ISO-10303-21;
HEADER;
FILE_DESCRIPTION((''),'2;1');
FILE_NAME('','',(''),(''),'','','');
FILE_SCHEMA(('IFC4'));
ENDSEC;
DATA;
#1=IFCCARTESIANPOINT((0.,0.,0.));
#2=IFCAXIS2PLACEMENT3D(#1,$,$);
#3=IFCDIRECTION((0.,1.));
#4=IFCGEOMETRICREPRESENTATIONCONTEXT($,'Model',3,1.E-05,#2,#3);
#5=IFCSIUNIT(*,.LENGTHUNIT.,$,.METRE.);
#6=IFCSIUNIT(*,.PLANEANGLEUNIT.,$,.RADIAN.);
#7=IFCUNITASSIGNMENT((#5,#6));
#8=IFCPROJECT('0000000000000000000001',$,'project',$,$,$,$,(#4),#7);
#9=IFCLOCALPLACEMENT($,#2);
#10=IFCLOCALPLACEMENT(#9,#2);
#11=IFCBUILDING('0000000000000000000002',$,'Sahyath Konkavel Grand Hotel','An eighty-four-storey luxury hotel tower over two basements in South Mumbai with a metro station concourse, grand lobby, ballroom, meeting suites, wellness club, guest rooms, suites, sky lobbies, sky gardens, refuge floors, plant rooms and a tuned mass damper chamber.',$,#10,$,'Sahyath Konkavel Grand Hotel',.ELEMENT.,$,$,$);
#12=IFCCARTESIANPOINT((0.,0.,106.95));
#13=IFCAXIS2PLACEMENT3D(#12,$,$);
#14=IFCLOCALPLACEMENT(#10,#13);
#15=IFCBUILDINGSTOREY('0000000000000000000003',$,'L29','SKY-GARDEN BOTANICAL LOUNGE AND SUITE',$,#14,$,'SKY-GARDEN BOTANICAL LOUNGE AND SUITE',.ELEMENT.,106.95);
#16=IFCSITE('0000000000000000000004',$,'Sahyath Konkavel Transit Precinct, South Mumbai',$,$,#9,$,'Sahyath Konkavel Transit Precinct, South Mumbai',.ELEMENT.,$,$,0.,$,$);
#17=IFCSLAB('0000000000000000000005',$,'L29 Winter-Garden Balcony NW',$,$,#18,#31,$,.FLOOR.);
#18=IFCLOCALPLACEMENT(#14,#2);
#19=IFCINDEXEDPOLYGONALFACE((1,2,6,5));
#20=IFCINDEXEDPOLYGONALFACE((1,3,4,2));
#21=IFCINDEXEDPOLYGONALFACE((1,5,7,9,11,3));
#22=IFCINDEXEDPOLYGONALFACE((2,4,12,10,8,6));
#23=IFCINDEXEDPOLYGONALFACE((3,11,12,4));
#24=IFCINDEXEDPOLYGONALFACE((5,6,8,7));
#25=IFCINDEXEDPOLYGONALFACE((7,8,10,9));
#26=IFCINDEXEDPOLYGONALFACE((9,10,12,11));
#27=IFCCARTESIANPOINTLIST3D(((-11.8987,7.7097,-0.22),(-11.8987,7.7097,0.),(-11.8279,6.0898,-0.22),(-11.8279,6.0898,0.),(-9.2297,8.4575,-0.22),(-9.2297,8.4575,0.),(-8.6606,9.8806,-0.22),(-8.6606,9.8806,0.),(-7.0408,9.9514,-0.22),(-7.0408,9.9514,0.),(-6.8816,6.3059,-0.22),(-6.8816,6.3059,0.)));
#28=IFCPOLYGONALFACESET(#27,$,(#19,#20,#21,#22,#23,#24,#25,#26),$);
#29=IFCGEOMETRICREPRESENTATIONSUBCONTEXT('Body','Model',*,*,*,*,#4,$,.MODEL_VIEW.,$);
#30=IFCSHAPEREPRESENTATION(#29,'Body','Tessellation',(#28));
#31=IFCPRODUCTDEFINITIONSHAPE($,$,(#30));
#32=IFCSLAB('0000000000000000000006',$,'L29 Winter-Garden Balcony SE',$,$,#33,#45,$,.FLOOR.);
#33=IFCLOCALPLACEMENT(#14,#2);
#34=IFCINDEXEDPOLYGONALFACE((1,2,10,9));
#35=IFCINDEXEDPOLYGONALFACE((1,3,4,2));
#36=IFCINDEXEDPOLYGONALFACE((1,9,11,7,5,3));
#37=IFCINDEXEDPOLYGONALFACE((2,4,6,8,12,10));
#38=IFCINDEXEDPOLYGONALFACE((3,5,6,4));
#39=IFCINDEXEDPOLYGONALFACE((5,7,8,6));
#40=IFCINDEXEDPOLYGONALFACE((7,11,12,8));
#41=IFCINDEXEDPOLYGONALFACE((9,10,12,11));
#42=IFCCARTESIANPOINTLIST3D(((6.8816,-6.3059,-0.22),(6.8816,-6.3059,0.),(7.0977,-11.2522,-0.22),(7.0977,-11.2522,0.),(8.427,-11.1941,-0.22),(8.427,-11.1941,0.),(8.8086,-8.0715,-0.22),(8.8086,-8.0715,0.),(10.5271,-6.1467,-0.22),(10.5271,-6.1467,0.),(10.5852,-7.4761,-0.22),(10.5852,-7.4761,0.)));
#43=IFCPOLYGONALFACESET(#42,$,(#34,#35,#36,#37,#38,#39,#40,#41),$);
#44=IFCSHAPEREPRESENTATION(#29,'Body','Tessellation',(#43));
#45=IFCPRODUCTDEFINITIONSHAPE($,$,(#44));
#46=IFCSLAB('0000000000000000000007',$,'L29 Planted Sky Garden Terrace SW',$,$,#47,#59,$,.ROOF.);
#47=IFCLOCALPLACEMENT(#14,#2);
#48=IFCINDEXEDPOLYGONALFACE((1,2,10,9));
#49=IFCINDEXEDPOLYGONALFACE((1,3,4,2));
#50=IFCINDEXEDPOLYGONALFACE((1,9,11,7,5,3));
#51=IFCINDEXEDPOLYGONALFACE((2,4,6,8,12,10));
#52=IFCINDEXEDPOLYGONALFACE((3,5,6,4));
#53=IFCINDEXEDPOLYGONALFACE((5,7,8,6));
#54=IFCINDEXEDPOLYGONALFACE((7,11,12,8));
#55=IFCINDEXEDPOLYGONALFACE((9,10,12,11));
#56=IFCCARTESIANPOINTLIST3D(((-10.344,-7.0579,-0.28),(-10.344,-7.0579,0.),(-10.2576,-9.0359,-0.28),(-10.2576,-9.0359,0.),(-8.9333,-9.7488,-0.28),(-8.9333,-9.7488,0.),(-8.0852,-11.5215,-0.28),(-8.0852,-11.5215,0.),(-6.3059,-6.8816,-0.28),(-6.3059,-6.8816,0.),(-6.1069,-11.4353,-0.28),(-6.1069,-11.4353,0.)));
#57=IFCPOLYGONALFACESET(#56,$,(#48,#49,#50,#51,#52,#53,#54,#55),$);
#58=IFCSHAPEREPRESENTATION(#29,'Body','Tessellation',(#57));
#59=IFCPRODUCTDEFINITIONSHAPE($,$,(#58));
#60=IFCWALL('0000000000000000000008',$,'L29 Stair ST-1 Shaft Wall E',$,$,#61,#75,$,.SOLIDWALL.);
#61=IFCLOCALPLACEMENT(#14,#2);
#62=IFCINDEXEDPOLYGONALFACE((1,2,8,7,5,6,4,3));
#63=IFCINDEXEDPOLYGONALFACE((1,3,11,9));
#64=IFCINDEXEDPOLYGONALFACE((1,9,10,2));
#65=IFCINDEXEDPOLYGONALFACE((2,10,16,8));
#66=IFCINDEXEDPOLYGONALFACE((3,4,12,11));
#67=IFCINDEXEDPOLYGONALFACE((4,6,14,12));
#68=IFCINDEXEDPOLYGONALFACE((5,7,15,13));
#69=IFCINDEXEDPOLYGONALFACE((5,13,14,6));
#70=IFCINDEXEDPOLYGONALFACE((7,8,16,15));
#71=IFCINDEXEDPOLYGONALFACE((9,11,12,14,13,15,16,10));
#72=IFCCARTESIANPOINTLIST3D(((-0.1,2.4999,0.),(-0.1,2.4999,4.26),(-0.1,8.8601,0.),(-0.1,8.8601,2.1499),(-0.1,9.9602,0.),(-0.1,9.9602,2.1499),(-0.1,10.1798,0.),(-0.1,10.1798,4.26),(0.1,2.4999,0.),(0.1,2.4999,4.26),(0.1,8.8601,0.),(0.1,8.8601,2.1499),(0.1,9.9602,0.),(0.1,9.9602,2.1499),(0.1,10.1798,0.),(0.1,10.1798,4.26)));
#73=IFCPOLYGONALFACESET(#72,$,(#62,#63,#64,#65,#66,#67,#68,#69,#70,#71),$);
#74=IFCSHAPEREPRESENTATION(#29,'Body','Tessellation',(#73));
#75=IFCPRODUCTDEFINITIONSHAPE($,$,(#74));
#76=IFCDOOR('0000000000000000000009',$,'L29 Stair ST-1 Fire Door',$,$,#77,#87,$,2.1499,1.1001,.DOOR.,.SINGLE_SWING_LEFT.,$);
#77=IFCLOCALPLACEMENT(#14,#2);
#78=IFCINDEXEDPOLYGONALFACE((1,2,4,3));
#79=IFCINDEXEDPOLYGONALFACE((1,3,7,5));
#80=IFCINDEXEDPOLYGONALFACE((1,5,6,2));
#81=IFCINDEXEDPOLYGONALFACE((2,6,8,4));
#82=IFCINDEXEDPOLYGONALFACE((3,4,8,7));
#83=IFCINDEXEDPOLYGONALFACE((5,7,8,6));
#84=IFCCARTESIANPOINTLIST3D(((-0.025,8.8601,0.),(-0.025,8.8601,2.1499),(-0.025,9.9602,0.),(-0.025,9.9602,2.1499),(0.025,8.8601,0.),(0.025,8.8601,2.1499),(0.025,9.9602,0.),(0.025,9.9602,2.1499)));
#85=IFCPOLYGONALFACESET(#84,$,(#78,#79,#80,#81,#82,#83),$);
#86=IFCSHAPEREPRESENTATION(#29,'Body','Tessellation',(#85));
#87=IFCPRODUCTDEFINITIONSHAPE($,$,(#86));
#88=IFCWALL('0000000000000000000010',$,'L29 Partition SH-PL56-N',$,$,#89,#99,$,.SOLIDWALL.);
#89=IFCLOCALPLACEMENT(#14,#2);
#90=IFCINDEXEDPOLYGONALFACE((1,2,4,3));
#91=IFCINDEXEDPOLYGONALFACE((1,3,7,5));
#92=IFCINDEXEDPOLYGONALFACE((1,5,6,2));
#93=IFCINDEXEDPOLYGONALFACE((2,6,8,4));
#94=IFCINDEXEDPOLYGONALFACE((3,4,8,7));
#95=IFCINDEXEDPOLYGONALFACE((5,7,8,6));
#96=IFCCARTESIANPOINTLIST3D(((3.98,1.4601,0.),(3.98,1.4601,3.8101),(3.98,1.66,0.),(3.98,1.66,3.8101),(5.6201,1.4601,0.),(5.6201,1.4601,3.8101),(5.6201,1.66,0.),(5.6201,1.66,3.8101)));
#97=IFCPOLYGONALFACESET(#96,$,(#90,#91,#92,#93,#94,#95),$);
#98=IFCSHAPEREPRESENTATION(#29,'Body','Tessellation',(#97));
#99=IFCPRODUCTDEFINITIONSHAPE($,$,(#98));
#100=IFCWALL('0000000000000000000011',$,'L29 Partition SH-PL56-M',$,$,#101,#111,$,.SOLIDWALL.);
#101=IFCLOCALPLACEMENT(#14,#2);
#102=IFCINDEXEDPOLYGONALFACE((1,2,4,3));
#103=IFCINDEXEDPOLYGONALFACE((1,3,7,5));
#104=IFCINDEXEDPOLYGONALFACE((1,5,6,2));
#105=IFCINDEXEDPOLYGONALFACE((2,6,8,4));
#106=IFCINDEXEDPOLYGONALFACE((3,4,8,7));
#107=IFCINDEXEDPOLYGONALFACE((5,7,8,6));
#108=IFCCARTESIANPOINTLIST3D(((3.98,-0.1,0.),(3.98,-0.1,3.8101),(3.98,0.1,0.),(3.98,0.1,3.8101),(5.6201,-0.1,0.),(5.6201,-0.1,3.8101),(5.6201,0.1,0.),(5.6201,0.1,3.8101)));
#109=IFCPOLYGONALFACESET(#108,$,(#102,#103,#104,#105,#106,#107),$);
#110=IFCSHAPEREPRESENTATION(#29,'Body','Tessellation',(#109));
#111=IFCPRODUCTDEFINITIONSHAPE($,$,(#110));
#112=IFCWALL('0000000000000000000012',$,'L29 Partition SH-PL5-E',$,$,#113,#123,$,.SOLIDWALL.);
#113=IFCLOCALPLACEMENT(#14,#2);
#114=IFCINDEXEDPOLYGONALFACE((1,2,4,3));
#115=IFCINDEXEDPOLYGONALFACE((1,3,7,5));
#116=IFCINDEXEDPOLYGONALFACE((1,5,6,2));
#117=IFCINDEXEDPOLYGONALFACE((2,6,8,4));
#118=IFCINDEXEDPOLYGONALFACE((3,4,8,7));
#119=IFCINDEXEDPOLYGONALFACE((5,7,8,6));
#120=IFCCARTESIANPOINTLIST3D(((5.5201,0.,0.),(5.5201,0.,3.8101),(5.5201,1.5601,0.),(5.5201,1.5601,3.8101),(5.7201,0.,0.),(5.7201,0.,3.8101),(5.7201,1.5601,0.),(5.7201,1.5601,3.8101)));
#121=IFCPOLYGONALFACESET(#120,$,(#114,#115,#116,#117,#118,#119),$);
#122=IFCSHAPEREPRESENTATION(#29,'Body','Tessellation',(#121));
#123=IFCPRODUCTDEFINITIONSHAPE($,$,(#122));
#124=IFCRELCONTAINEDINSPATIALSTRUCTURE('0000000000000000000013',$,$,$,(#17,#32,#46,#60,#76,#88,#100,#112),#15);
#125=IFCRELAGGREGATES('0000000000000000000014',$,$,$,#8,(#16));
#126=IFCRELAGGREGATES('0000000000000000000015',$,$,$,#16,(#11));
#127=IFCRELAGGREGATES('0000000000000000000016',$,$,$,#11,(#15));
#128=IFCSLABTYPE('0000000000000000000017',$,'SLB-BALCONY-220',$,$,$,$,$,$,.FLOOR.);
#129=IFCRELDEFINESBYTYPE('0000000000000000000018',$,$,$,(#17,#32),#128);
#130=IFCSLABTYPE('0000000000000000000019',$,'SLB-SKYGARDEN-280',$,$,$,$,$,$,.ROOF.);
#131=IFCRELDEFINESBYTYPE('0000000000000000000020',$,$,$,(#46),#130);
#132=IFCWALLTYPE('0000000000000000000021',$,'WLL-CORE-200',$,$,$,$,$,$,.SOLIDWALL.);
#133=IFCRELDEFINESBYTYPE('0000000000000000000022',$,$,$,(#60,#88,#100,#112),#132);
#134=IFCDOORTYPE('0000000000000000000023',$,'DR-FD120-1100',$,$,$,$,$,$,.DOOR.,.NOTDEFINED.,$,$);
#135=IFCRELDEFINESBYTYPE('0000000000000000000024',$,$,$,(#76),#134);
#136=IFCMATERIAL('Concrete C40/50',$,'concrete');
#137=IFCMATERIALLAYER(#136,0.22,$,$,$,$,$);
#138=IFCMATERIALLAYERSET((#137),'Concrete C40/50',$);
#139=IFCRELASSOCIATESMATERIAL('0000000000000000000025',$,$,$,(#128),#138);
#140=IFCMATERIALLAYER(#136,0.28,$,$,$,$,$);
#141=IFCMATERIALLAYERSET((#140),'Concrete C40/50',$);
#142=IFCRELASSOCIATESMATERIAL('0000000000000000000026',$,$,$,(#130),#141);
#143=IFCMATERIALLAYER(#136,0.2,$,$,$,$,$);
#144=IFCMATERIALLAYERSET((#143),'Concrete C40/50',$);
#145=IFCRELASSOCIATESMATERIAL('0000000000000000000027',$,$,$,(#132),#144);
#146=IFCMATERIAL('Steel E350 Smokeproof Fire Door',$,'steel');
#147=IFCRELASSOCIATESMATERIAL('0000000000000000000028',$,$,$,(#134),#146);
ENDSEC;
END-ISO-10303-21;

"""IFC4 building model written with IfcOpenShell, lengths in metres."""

from ifc_helpers import new_model, si_unit, direction, frame, frame_2d, origin, origin_2d, place, context, subcontext, project, spatial, polyline, rectangle, outline, extrude, source, transform, mapped, material, layer, layer_set, type_object, element, fill, save


model = new_model("IFC4")

# Units and contexts
model_context = context("Model", 3, precision=1e-05, world=origin(), true_north=direction((0.0, 1.0)))
body_context = subcontext(model_context, "Body", "Model", "MODEL_VIEW")
ifc_project = project(units=[si_unit("LENGTHUNIT", "METRE"), si_unit("PLANEANGLEUNIT", "RADIAN")], contexts=[model_context])

# Site, building, storey
site_placement = place(None, origin())
site = spatial("IfcSite", under=ifc_project, at=site_placement, Name="Sahyath Konkavel Transit Precinct, South Mumbai", LongName="Sahyath Konkavel Transit Precinct, South Mumbai", CompositionType="ELEMENT", RefElevation=0.0)
building_placement = place(site_placement, origin())
building = spatial("IfcBuilding", under=site, at=building_placement, Name="Sahyath Konkavel Grand Hotel", Description="An eighty-four-storey luxury hotel tower over two basements in South Mumbai with a metro station concourse, grand lobby, ballroom, meeting suites, wellness club, guest rooms, suites, sky lobbies, sky gardens, refuge floors, plant rooms and a tuned mass damper chamber.", LongName="Sahyath Konkavel Grand Hotel", CompositionType="ELEMENT")
storey_placement = place(building_placement, frame((0.0, 0.0, 106.95)))
storey = spatial("IfcBuildingStorey", under=building, at=storey_placement, Name="L29", Description="SKY-GARDEN BOTANICAL LOUNGE AND SUITE", LongName="SKY-GARDEN BOTANICAL LOUNGE AND SUITE", CompositionType="ELEMENT", Elevation=106.95)

# Slabs
ifc_material_1 = material(Name="Concrete C40/50", Category="concrete")
ifc_layer_1 = layer(ifc_material_1, 0.22)
ifc_layer_set_1 = layer_set([ifc_layer_1], Name="Concrete C40/50")
slab_type_1 = type_object("IfcSlabType", Name="SLB-BALCONY-220", PredefinedType="FLOOR", material=ifc_layer_set_1)
slab_1_placement = place(storey_placement, frame((0.0, 0.0, -0.22)))
element("IfcSlab", 1, at=slab_1_placement, inside=storey, type_object=slab_type_1, Name="L29 Winter-Garden Balcony NW", PredefinedType="FLOOR", context=body_context, shape_type="SweptSolid", body=[
    extrude(outline(polyline([(-6.8816, 6.3059), (-7.0408, 9.9514), (-8.6606, 9.8806), (-9.2297, 8.4575), (-11.8987, 7.7097), (-11.8279, 6.0898), (-6.8816, 6.3059)])), origin(), (0.0, 0.0, 1.0), 0.22),
])
slab_2_placement = place(storey_placement, frame((0.0, 0.0, -0.22)))
element("IfcSlab", 2, at=slab_2_placement, inside=storey, type_object=slab_type_1, Name="L29 Winter-Garden Balcony SE", PredefinedType="FLOOR", context=body_context, shape_type="SweptSolid", body=[
    extrude(outline(polyline([(6.8816, -6.3059), (7.0977, -11.2522), (8.427, -11.1941), (8.8086, -8.0715), (10.5852, -7.4761), (10.5271, -6.1467), (6.8816, -6.3059)])), origin(), (0.0, 0.0, 1.0), 0.22),
])
ifc_layer_2 = layer(ifc_material_1, 0.28)
ifc_layer_set_2 = layer_set([ifc_layer_2], Name="Concrete C40/50")
slab_type_2 = type_object("IfcSlabType", Name="SLB-SKYGARDEN-280", PredefinedType="ROOF", material=ifc_layer_set_2)
slab_3_placement = place(storey_placement, frame((0.0, 0.0, -0.28)))
element("IfcSlab", 3, at=slab_3_placement, inside=storey, type_object=slab_type_2, Name="L29 Planted Sky Garden Terrace SW", PredefinedType="ROOF", context=body_context, shape_type="SweptSolid", body=[
    extrude(outline(polyline([(-6.3059, -6.8816), (-10.344, -7.0579), (-10.2576, -9.0359), (-8.9333, -9.7488), (-8.0852, -11.5215), (-6.1069, -11.4353), (-6.3059, -6.8816)])), origin(), (0.0, 0.0, 1.0), 0.28),
])

# Wall, opening, door
ifc_layer_3 = layer(ifc_material_1, 0.2)
ifc_layer_set_3 = layer_set([ifc_layer_3], Name="Concrete C40/50")
wall_type = type_object("IfcWallType", Name="WLL-CORE-200", PredefinedType="SOLIDWALL", material=ifc_layer_set_3)
wall_1_placement = place(storey_placement, frame((0.0, 2.5, 0.0), z_axis=(0.0, 0.0, 1.0), x_axis=(0.0, 1.0, 0.0)))
wall_1 = element("IfcWall", 4, at=wall_1_placement, inside=storey, type_object=wall_type, Name="L29 Stair ST-1 Shaft Wall E", PredefinedType="SOLIDWALL", context=body_context, shape_type="SweptSolid", body=[
    extrude(rectangle(XDim=7.6799, YDim=0.2, at=frame_2d((3.8398, 0.0))), origin(), (0.0, 0.0, 1.0), 4.26),
])
opening_placement = place(wall_1_placement, frame((6.3601, 0.0, 0.0)))
opening = element("IfcOpeningElement", 5, at=opening_placement, cuts=wall_1, PredefinedType="OPENING", context=body_context, shape_type="SweptSolid", body=[
    extrude(rectangle(XDim=1.1001, YDim=2.1499, at=frame_2d((0.55, 1.075))), frame((0.0, 0.1099, 0.0), z_axis=(0.0, -1.0, 0.0), x_axis=(1.0, 0.0, 0.0)), (0.0, 0.0, 1.0), 0.22),
])
ifc_material_2 = material(Name="Steel E350 Smokeproof Fire Door", Category="steel")
door_type = type_object("IfcDoorType", Name="DR-FD120-1100", OperationType="NOTDEFINED", PredefinedType="DOOR", material=ifc_material_2)
shared_shape_1 = source(origin(), body_context, "Body", "SweptSolid", [
    extrude(rectangle(XDim=1.1001, YDim=0.05, at=origin_2d()), origin(), (0.0, 0.0, 1.0), 2.1499),
])
door_placement = place(opening_placement, frame((0.55, 0.0, 0.0)))
door = element("IfcDoor", 6, at=door_placement, inside=storey, type_object=door_type, Name="L29 Stair ST-1 Fire Door", OperationType="SINGLE_SWING_LEFT", OverallHeight=2.1499, OverallWidth=1.1001, PredefinedType="DOOR", context=body_context, shape_type="MappedRepresentation", body=[
    mapped(shared_shape_1, transform((0.0, 0.0, 0.0), scale=1.0)),
])
fill(opening, door)

# Walls
for number, where, z_axis, x_axis, name in (
    (7, (3.98, 1.5601, 0.0), (0.0, 0.0, 1.0), (1.0, 0.0, 0.0), "L29 Partition SH-PL56-N"),
    (8, (3.98, 0.0, 0.0), (0.0, 0.0, 1.0), (1.0, 0.0, 0.0), "L29 Partition SH-PL56-M"),
):
    element("IfcWall", number, at=place(storey_placement, frame(where, z_axis=z_axis, x_axis=x_axis)), inside=storey, type_object=wall_type, Name=name, PredefinedType="SOLIDWALL", context=body_context, shape_type="SweptSolid", body=[
        extrude(rectangle(XDim=1.6401, YDim=0.2, at=frame_2d((0.8201, 0.0))), origin(), (0.0, 0.0, 1.0), 3.8101),
    ])
wall_2_placement = place(storey_placement, frame((5.6201, 0.0, 0.0), z_axis=(0.0, 0.0, 1.0), x_axis=(0.0, 1.0, 0.0)))
element("IfcWall", 9, at=wall_2_placement, inside=storey, type_object=wall_type, Name="L29 Partition SH-PL5-E", PredefinedType="SOLIDWALL", context=body_context, shape_type="SweptSolid", body=[
    extrude(rectangle(XDim=1.5601, YDim=0.2, at=frame_2d((0.78, 0.0))), origin(), (0.0, 0.0, 1.0), 3.8101),
])

save(model, "model.ifc")
